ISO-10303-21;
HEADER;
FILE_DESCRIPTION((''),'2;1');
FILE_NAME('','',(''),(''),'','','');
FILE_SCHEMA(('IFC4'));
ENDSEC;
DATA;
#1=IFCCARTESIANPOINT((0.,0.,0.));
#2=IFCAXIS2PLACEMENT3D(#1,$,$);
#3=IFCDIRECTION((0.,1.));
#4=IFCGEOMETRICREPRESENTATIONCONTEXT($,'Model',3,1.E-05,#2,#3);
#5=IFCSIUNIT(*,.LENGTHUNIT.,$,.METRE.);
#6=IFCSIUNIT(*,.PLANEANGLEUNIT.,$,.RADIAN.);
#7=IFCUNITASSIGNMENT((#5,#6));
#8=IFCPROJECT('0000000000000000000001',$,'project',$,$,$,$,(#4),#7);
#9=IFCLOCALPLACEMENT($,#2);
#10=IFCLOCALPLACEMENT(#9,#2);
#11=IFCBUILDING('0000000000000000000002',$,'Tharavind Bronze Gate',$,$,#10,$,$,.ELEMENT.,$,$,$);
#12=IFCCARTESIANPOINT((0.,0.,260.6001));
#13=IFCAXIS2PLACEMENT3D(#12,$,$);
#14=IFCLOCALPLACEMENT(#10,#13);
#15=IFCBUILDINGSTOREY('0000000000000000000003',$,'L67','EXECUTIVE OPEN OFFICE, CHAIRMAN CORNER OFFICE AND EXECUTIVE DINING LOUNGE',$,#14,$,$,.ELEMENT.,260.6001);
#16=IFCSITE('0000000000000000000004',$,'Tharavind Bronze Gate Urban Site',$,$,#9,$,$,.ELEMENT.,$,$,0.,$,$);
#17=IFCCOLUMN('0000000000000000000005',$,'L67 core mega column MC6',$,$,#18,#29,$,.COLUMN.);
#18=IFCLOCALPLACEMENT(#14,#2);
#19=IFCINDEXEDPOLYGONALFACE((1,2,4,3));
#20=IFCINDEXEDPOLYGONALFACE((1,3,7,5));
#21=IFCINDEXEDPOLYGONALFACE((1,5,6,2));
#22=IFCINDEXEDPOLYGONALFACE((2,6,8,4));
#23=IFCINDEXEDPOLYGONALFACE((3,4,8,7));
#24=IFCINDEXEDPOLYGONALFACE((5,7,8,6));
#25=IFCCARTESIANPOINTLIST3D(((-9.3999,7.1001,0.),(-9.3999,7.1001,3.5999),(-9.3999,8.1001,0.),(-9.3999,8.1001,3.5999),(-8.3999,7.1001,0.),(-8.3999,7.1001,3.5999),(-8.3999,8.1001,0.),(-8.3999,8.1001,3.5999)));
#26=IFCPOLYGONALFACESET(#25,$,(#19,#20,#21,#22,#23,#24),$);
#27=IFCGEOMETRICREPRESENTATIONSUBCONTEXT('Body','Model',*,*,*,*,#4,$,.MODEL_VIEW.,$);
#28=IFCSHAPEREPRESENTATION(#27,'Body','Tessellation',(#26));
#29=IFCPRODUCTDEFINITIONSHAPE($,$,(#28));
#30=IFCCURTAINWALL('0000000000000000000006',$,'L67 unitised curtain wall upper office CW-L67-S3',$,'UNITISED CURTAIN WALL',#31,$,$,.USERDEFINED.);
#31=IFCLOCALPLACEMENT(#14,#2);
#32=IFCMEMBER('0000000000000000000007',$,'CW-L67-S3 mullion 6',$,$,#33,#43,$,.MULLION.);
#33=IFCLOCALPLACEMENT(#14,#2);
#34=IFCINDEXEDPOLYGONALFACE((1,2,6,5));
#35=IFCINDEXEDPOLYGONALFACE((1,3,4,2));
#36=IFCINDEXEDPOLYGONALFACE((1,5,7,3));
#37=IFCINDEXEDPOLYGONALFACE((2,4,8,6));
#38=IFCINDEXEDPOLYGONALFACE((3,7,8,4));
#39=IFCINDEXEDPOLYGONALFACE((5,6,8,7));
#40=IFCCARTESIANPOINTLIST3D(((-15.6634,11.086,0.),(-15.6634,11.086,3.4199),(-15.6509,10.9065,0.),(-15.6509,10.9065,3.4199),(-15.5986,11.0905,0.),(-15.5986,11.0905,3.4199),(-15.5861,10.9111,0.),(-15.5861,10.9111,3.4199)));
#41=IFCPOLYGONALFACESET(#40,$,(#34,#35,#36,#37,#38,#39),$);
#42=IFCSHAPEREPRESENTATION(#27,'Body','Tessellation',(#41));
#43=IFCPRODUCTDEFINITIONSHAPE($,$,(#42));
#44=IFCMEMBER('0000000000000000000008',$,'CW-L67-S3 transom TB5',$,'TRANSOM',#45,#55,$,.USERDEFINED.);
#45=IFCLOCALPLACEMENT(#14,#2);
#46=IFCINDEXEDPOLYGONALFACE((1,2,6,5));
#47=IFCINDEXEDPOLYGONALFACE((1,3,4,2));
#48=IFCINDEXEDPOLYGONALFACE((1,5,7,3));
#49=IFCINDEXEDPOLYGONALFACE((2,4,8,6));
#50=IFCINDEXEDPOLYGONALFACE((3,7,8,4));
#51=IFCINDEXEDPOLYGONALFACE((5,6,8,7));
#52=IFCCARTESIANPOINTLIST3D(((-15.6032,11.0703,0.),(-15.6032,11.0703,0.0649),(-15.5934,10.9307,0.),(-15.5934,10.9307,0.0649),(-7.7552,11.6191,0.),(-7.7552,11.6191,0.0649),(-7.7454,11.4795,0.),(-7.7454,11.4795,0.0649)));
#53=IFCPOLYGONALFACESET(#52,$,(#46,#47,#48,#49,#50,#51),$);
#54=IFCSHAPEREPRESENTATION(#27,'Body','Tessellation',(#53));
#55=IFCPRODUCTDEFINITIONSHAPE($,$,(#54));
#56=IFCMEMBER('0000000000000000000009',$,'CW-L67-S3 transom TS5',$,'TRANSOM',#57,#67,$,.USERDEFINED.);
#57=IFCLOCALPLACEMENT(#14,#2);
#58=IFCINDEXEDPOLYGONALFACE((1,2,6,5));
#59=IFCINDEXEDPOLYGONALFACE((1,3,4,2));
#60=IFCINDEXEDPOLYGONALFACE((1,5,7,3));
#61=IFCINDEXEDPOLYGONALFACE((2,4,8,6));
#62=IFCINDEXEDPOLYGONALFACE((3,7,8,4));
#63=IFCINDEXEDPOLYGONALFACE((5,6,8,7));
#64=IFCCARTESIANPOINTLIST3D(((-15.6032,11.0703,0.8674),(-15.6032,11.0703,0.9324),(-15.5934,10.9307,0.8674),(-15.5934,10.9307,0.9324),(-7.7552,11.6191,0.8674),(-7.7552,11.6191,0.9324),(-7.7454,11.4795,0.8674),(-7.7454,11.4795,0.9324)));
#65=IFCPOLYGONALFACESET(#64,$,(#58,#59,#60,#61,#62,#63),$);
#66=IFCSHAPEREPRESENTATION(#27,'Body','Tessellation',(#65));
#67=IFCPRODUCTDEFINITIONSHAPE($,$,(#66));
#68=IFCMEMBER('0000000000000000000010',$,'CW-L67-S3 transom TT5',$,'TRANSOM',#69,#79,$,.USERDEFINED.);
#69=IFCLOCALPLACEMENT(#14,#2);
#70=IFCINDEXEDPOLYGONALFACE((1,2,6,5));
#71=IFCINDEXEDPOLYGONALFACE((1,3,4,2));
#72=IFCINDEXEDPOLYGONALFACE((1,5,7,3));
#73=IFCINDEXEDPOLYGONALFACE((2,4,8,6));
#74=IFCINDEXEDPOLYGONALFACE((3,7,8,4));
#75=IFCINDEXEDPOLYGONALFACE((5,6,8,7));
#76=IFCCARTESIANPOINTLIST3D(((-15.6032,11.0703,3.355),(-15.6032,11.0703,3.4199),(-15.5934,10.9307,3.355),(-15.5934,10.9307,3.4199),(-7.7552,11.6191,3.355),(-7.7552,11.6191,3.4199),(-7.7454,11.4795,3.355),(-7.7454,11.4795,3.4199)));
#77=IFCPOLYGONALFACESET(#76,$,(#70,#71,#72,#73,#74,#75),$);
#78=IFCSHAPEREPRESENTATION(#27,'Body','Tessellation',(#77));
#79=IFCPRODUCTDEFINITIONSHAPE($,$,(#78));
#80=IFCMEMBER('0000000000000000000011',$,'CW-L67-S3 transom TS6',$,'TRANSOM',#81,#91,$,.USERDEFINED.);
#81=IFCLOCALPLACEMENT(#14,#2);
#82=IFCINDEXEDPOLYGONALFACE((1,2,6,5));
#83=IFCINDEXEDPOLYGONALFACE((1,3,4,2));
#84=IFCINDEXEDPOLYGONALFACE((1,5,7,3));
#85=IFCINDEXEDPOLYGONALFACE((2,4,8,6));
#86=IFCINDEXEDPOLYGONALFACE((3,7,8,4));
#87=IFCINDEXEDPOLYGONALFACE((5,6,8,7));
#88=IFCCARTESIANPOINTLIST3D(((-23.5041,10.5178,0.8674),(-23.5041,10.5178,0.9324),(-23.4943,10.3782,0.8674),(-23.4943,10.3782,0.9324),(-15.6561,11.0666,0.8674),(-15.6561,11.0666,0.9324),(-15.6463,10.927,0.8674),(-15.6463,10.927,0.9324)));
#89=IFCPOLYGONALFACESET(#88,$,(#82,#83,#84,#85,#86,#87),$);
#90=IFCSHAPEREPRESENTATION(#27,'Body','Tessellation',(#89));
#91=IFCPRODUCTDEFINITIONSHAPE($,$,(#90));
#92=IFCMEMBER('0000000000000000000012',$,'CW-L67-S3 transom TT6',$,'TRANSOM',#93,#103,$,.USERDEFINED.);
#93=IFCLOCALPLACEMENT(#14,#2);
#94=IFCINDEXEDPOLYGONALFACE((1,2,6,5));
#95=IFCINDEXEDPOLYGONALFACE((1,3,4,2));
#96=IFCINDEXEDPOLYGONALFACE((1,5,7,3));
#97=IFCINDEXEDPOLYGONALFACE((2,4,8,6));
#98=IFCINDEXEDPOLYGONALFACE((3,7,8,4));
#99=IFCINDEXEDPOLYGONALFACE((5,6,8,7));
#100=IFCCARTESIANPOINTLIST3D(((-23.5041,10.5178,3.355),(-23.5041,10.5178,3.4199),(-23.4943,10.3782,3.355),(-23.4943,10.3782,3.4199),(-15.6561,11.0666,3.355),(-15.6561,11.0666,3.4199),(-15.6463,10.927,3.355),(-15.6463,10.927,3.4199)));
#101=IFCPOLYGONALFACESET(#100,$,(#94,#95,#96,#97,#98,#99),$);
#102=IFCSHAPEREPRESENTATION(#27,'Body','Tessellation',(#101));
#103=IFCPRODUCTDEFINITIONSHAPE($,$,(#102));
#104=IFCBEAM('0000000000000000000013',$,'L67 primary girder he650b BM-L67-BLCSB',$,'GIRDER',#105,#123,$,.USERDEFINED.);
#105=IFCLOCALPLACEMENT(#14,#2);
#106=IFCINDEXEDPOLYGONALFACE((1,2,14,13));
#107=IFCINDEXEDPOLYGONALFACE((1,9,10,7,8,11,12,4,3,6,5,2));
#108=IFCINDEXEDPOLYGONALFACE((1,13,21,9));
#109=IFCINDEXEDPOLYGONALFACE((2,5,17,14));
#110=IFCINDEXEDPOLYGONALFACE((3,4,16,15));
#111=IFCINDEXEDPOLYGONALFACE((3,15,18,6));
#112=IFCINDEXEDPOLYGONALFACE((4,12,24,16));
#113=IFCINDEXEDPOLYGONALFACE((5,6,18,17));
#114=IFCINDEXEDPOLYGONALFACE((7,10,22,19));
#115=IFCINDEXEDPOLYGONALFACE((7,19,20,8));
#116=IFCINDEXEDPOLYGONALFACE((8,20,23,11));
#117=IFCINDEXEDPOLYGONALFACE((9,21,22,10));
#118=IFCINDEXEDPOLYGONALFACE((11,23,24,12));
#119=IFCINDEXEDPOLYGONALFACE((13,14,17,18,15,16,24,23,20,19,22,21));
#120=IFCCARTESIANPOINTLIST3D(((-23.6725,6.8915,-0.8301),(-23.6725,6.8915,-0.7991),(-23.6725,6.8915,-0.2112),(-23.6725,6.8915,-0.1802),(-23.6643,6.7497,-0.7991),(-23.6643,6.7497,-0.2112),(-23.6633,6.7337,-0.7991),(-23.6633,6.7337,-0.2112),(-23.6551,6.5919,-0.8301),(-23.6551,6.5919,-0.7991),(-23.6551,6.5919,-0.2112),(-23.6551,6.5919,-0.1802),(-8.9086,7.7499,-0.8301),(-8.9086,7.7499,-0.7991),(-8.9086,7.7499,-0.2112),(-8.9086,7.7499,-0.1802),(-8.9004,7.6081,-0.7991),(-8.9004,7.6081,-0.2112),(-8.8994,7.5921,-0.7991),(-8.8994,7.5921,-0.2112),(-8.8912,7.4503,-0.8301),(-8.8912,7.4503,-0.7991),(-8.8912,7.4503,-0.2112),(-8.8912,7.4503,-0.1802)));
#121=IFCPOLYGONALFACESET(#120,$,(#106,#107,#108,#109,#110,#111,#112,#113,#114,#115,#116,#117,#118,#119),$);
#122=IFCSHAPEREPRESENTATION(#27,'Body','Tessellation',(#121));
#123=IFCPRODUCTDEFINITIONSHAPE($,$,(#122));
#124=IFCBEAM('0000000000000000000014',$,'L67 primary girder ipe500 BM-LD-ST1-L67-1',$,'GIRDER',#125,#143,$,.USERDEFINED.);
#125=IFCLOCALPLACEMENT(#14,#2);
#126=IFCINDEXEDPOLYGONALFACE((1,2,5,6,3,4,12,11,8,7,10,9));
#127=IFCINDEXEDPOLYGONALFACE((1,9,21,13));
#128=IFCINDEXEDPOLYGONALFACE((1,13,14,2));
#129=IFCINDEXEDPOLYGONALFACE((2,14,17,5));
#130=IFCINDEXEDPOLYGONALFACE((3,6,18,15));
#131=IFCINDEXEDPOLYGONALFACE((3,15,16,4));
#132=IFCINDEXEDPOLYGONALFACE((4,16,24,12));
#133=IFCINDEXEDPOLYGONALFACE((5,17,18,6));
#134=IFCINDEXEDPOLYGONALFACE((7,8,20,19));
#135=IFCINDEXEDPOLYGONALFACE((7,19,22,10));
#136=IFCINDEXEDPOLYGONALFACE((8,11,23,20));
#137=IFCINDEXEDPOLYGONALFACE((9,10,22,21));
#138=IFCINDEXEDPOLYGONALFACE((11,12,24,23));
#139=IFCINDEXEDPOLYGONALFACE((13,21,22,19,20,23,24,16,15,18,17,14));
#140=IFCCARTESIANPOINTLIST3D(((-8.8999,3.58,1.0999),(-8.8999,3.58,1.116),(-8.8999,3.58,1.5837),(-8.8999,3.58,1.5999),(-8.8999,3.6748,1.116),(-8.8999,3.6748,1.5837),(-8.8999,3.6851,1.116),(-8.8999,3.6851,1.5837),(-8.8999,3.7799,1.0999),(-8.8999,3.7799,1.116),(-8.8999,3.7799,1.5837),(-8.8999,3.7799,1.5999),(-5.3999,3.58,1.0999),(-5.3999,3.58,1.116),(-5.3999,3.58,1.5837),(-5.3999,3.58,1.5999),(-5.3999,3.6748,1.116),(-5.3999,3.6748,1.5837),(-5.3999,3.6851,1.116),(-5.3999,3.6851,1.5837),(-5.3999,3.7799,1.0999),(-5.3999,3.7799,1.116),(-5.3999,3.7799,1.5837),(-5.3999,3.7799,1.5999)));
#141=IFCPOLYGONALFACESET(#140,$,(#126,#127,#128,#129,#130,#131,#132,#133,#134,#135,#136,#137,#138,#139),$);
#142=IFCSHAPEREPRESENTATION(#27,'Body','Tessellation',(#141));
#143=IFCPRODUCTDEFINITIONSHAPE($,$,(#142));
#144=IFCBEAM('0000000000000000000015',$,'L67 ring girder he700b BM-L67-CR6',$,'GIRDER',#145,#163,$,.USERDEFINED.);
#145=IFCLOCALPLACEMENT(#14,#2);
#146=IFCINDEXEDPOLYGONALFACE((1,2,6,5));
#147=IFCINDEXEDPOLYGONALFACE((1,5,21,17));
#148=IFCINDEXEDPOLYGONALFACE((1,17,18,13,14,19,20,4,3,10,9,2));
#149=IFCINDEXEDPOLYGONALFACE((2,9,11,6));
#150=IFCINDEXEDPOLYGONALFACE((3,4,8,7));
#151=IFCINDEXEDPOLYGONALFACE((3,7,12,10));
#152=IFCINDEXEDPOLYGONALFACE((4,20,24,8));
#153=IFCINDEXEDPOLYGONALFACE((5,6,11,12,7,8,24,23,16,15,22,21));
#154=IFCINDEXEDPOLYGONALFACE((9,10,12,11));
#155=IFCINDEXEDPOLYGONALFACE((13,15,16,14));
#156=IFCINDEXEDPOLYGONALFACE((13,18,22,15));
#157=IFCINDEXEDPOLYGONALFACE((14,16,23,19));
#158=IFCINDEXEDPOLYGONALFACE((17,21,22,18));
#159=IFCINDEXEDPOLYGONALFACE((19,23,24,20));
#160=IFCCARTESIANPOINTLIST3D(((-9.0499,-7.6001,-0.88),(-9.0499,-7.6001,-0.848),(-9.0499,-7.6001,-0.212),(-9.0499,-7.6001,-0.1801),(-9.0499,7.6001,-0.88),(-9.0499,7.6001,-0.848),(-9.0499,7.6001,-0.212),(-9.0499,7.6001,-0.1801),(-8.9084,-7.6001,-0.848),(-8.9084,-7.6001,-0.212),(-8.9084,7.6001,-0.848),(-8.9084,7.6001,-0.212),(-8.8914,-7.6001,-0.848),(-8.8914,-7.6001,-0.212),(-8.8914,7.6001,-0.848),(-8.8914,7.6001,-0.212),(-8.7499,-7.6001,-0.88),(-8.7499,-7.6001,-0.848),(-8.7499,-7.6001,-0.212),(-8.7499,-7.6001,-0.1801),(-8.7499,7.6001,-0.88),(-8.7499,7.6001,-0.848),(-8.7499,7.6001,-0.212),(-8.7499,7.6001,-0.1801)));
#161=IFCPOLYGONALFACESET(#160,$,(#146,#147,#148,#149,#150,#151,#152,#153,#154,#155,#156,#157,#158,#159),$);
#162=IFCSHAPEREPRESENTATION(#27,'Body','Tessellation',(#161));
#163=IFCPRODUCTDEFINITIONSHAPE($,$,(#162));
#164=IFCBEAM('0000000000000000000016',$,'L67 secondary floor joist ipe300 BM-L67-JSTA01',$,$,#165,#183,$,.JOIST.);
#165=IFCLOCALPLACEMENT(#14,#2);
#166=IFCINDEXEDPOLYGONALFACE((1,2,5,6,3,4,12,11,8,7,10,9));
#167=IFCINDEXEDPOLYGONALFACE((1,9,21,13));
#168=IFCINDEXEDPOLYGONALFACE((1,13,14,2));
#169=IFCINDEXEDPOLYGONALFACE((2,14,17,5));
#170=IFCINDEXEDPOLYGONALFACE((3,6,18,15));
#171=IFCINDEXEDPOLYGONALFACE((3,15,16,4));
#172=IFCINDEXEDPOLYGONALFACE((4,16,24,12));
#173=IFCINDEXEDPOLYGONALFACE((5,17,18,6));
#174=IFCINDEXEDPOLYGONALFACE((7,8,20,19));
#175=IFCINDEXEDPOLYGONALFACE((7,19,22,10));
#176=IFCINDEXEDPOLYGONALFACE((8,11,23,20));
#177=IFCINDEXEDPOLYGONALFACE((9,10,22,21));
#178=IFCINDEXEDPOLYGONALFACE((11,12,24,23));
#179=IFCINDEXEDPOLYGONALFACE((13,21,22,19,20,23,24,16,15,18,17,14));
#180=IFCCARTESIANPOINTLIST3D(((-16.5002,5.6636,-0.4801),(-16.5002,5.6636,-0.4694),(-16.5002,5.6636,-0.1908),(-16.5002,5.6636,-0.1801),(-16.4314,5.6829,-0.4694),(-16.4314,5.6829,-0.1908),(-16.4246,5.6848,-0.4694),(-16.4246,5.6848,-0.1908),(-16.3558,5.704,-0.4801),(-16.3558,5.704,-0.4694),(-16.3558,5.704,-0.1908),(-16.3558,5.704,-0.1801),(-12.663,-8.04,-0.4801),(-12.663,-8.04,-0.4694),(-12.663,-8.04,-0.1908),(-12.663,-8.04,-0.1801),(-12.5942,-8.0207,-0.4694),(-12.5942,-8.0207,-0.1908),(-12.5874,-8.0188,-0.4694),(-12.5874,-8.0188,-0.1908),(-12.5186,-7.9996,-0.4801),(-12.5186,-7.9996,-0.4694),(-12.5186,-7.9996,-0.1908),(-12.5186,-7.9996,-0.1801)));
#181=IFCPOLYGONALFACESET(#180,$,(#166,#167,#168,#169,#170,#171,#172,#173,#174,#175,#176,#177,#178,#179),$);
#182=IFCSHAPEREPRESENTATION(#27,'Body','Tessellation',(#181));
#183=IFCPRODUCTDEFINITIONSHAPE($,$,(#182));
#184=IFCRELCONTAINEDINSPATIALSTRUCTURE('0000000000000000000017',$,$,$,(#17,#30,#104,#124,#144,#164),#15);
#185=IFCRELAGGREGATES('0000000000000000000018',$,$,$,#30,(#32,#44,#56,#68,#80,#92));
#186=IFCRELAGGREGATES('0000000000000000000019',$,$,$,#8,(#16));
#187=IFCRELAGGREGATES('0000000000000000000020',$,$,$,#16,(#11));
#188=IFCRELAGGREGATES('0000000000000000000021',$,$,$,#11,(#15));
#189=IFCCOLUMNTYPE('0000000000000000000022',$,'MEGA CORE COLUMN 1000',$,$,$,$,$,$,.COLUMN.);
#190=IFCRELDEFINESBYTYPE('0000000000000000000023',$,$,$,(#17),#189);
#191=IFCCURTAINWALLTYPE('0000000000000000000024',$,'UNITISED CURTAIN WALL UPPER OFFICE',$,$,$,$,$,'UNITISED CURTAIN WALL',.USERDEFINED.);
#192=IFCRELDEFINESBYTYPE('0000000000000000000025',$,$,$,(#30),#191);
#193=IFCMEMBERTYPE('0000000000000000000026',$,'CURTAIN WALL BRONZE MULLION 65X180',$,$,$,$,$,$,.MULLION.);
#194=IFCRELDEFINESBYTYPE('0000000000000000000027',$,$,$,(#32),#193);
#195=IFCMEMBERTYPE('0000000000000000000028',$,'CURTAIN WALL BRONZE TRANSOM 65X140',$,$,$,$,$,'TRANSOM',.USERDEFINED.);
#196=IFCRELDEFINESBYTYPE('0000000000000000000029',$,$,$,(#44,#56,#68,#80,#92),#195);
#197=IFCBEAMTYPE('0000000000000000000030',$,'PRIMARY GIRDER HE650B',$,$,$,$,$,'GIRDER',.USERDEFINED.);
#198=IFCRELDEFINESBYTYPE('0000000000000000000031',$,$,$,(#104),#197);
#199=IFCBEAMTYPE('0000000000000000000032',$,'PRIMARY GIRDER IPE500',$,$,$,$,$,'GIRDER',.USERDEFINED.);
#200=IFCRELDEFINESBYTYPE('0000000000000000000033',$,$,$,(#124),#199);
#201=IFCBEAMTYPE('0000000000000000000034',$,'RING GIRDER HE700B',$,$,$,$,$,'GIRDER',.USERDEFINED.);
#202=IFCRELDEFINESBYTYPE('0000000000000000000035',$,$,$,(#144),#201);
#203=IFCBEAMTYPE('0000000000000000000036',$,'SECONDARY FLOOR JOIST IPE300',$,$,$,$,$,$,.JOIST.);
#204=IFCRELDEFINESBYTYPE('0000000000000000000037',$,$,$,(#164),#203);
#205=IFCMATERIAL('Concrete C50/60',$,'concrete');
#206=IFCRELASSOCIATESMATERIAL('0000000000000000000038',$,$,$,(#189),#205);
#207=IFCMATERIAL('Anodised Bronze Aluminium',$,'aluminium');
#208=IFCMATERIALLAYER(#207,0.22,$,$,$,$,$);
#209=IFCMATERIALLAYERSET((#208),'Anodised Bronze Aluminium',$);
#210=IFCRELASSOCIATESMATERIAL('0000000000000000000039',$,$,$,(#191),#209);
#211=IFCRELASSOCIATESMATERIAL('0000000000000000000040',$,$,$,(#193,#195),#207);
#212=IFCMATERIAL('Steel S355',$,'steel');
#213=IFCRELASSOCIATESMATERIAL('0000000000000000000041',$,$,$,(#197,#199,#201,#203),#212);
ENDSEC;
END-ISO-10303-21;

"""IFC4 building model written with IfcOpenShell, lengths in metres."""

from ifc_helpers import new_model, si_unit, direction, frame, origin, origin_2d, place, context, subcontext, project, spatial, rectangle, i_section, extrude, material, layer, layer_set, material_profile, profile_set, type_object, element, aggregate, save


model = new_model("IFC4")

# Units and contexts
model_context = context("Model", 3, precision=1e-05, world=origin(), true_north=direction((0.0, 1.0)))
body_context = subcontext(model_context, "Body", "Model", "MODEL_VIEW")
ifc_project = project(units=[si_unit("LENGTHUNIT", "METRE"), si_unit("PLANEANGLEUNIT", "RADIAN")], contexts=[model_context])

# Site, building, storey
site_placement = place(None, origin())
site = spatial("IfcSite", under=ifc_project, at=site_placement, Name="Tharavind Bronze Gate Urban Site", CompositionType="ELEMENT", RefElevation=0.0)
building_placement = place(site_placement, origin())
building = spatial("IfcBuilding", under=site, at=building_placement, Name="Tharavind Bronze Gate", CompositionType="ELEMENT")
storey_placement = place(building_placement, frame((0.0, 0.0, 260.6001)))
storey = spatial("IfcBuildingStorey", under=building, at=storey_placement, Name="L67", Description="EXECUTIVE OPEN OFFICE, CHAIRMAN CORNER OFFICE AND EXECUTIVE DINING LOUNGE", CompositionType="ELEMENT", Elevation=260.6001)

# Column
ifc_material_1 = material(Name="Concrete C50/60", Category="concrete")
ifc_material_profile_1 = material_profile(ifc_material_1, rectangle(XDim=1.0, YDim=1.0, at=origin_2d()), Name="RCCOL1000")
ifc_profile_set_1 = profile_set([ifc_material_profile_1], Name="Concrete C50/60")
column_type = type_object("IfcColumnType", Name="MEGA CORE COLUMN 1000", PredefinedType="COLUMN", material=ifc_profile_set_1)
column_placement = place(storey_placement, frame((-8.8999, 7.6001, 0.0), z_axis=(0.0, 0.0, 1.0), x_axis=(1.0, 0.0, 0.0)))
element("IfcColumn", 1, at=column_placement, inside=storey, type_object=column_type, Name="L67 core mega column MC6", PredefinedType="COLUMN", context=body_context, shape_type="SweptSolid", body=[
    extrude(rectangle(XDim=1.0, YDim=1.0, at=origin_2d()), origin(), (0.0, 0.0, 1.0), 3.5999),
])

# Curtain wall, members
ifc_material_2 = material(Name="Anodised Bronze Aluminium", Category="aluminium")
ifc_layer_1 = layer(ifc_material_2, 0.22)
ifc_layer_set_1 = layer_set([ifc_layer_1], Name="Anodised Bronze Aluminium")
curtain_wall_type = type_object("IfcCurtainWallType", Name="UNITISED CURTAIN WALL UPPER OFFICE", ElementType="UNITISED CURTAIN WALL", PredefinedType="USERDEFINED", material=ifc_layer_set_1)
curtain_wall_placement = place(storey_placement, origin())
curtain_wall = element("IfcCurtainWall", 2, at=curtain_wall_placement, inside=storey, type_object=curtain_wall_type, Name="L67 unitised curtain wall upper office CW-L67-S3", ObjectType="UNITISED CURTAIN WALL", PredefinedType="USERDEFINED")
member_type_1 = type_object("IfcMemberType", Name="CURTAIN WALL BRONZE MULLION 65X180", PredefinedType="MULLION", material=ifc_material_2)
member_1_placement = place(storey_placement, frame((-15.6248, 10.9985, 0.0), z_axis=(0.0, 0.0, 1.0), x_axis=(-0.997564, -0.06976, 0.0)))
member_1 = element("IfcMember", 3, at=member_1_placement, type_object=member_type_1, Name="CW-L67-S3 mullion 6", PredefinedType="MULLION", context=body_context, shape_type="SweptSolid", body=[
    extrude(rectangle(XDim=0.0649, YDim=0.1799, at=origin_2d()), origin(), (0.0, 0.0, 1.0), 3.4199),
])
member_type_2 = type_object("IfcMemberType", Name="CURTAIN WALL BRONZE TRANSOM 65X140", ElementType="TRANSOM", PredefinedType="USERDEFINED", material=ifc_material_2)
member_2_placement = place(storey_placement, frame((-11.6743, 11.2749, 0.0), z_axis=(0.0, 0.0, 1.0), x_axis=(-0.997564, -0.06976, 0.0)))
member_2 = element("IfcMember", 4, at=member_2_placement, type_object=member_type_2, Name="CW-L67-S3 transom TB5", ObjectType="TRANSOM", PredefinedType="USERDEFINED", context=body_context, shape_type="SweptSolid", body=[
    extrude(rectangle(XDim=7.8672, YDim=0.1399, at=origin_2d()), origin(), (0.0, 0.0, 1.0), 0.0649),
])
member_3_placement = place(storey_placement, frame((-11.6743, 11.2749, 0.8674), z_axis=(0.0, 0.0, 1.0), x_axis=(-0.997564, -0.06976, 0.0)))
member_3 = element("IfcMember", 5, at=member_3_placement, type_object=member_type_2, Name="CW-L67-S3 transom TS5", ObjectType="TRANSOM", PredefinedType="USERDEFINED", context=body_context, shape_type="SweptSolid", body=[
    extrude(rectangle(XDim=7.8672, YDim=0.1399, at=origin_2d()), origin(), (0.0, 0.0, 1.0), 0.0649),
])
member_4_placement = place(storey_placement, frame((-11.6743, 11.2749, 3.355), z_axis=(0.0, 0.0, 1.0), x_axis=(-0.997564, -0.06976, 0.0)))
member_4 = element("IfcMember", 6, at=member_4_placement, type_object=member_type_2, Name="CW-L67-S3 transom TT5", ObjectType="TRANSOM", PredefinedType="USERDEFINED", context=body_context, shape_type="SweptSolid", body=[
    extrude(rectangle(XDim=7.8672, YDim=0.1399, at=origin_2d()), origin(), (0.0, 0.0, 1.0), 0.0649),
])
member_5_placement = place(storey_placement, frame((-19.5752, 10.7224, 0.8674), z_axis=(0.0, 0.0, 1.0), x_axis=(-0.997564, -0.06976, 0.0)))
member_5 = element("IfcMember", 7, at=member_5_placement, type_object=member_type_2, Name="CW-L67-S3 transom TS6", ObjectType="TRANSOM", PredefinedType="USERDEFINED", context=body_context, shape_type="SweptSolid", body=[
    extrude(rectangle(XDim=7.8672, YDim=0.1399, at=origin_2d()), origin(), (0.0, 0.0, 1.0), 0.0649),
])
member_6_placement = place(storey_placement, frame((-19.5752, 10.7224, 3.355), z_axis=(0.0, 0.0, 1.0), x_axis=(-0.997564, -0.06976, 0.0)))
member_6 = element("IfcMember", 8, at=member_6_placement, type_object=member_type_2, Name="CW-L67-S3 transom TT6", ObjectType="TRANSOM", PredefinedType="USERDEFINED", context=body_context, shape_type="SweptSolid", body=[
    extrude(rectangle(XDim=7.8672, YDim=0.1399, at=origin_2d()), origin(), (0.0, 0.0, 1.0), 0.0649),
])

# Beams
ifc_material_3 = material(Name="Steel S355", Category="steel")
ifc_material_profile_2 = material_profile(ifc_material_3, i_section(OverallWidth=0.3, OverallDepth=0.6499, WebThickness=0.0161, FlangeThickness=0.031, at=origin_2d()), Name="HE650B")
ifc_profile_set_2 = profile_set([ifc_material_profile_2], Name="Steel S355")
beam_type_1 = type_object("IfcBeamType", Name="PRIMARY GIRDER HE650B", ElementType="GIRDER", PredefinedType="USERDEFINED", material=ifc_profile_set_2)
beam_1_placement = place(storey_placement, frame((-8.8999, 7.6001, -0.5051), z_axis=(-0.998314, -0.058044, 0.0), x_axis=(0.058044, -0.998314, 0.0)))
element("IfcBeam", 9, at=beam_1_placement, inside=storey, type_object=beam_type_1, Name="L67 primary girder he650b BM-L67-BLCSB", ObjectType="GIRDER", PredefinedType="USERDEFINED", context=body_context, shape_type="SweptSolid", body=[
    extrude(i_section(OverallWidth=0.3, OverallDepth=0.6499, WebThickness=0.0161, FlangeThickness=0.031, at=origin_2d()), origin(), (0.0, 0.0, 1.0), 14.7888),
])
ifc_material_profile_3 = material_profile(ifc_material_3, i_section(OverallWidth=0.2, OverallDepth=0.5, WebThickness=0.0103, FlangeThickness=0.0161, at=origin_2d()), Name="IPE500")
ifc_profile_set_3 = profile_set([ifc_material_profile_3], Name="Steel S355")
beam_type_2 = type_object("IfcBeamType", Name="PRIMARY GIRDER IPE500", ElementType="GIRDER", PredefinedType="USERDEFINED", material=ifc_profile_set_3)
beam_2_placement = place(storey_placement, frame((-8.8999, 3.6799, 1.3499), z_axis=(1.0, 0.0, 0.0), x_axis=(0.0, 1.0, 0.0)))
element("IfcBeam", 10, at=beam_2_placement, inside=storey, type_object=beam_type_2, Name="L67 primary girder ipe500 BM-LD-ST1-L67-1", ObjectType="GIRDER", PredefinedType="USERDEFINED", context=body_context, shape_type="SweptSolid", body=[
    extrude(i_section(OverallWidth=0.2, OverallDepth=0.5, WebThickness=0.0103, FlangeThickness=0.0161, at=origin_2d()), origin(), (0.0, 0.0, 1.0), 3.5),
])
ifc_material_profile_4 = material_profile(ifc_material_3, i_section(OverallWidth=0.3, OverallDepth=0.7, WebThickness=0.0171, FlangeThickness=0.032, at=origin_2d()), Name="HE700B")
ifc_profile_set_4 = profile_set([ifc_material_profile_4], Name="Steel S355")
beam_type_3 = type_object("IfcBeamType", Name="RING GIRDER HE700B", ElementType="GIRDER", PredefinedType="USERDEFINED", material=ifc_profile_set_4)
beam_3_placement = place(storey_placement, frame((-8.8999, 7.6001, -0.53), z_axis=(0.0, -1.0, 0.0), x_axis=(1.0, 0.0, 0.0)))
element("IfcBeam", 11, at=beam_3_placement, inside=storey, type_object=beam_type_3, Name="L67 ring girder he700b BM-L67-CR6", ObjectType="GIRDER", PredefinedType="USERDEFINED", context=body_context, shape_type="SweptSolid", body=[
    extrude(i_section(OverallWidth=0.3, OverallDepth=0.7, WebThickness=0.0171, FlangeThickness=0.032, at=origin_2d()), origin(), (0.0, 0.0, 1.0), 15.2002),
])
ifc_material_profile_5 = material_profile(ifc_material_3, i_section(OverallWidth=0.1499, OverallDepth=0.3, WebThickness=0.0071, FlangeThickness=0.0107, at=origin_2d()), Name="IPE300")
ifc_profile_set_5 = profile_set([ifc_material_profile_5], Name="Steel S355")
beam_type_4 = type_object("IfcBeamType", Name="SECONDARY FLOOR JOIST IPE300", PredefinedType="JOIST", material=ifc_profile_set_5)
beam_4_placement = place(storey_placement, frame((-16.428, 5.6838, -0.3301), z_axis=(0.269639, -0.962961, 0.0), x_axis=(0.962961, 0.269639, 0.0)))
element("IfcBeam", 12, at=beam_4_placement, inside=storey, type_object=beam_type_4, Name="L67 secondary floor joist ipe300 BM-L67-JSTA01", PredefinedType="JOIST", context=body_context, shape_type="SweptSolid", body=[
    extrude(i_section(OverallWidth=0.1499, OverallDepth=0.3, WebThickness=0.0071, FlangeThickness=0.0107, at=origin_2d()), origin(), (0.0, 0.0, 1.0), 14.2307),
])

aggregate(curtain_wall, [member_1, member_2, member_3, member_4, member_5, member_6])

save(model, "model.ifc")
